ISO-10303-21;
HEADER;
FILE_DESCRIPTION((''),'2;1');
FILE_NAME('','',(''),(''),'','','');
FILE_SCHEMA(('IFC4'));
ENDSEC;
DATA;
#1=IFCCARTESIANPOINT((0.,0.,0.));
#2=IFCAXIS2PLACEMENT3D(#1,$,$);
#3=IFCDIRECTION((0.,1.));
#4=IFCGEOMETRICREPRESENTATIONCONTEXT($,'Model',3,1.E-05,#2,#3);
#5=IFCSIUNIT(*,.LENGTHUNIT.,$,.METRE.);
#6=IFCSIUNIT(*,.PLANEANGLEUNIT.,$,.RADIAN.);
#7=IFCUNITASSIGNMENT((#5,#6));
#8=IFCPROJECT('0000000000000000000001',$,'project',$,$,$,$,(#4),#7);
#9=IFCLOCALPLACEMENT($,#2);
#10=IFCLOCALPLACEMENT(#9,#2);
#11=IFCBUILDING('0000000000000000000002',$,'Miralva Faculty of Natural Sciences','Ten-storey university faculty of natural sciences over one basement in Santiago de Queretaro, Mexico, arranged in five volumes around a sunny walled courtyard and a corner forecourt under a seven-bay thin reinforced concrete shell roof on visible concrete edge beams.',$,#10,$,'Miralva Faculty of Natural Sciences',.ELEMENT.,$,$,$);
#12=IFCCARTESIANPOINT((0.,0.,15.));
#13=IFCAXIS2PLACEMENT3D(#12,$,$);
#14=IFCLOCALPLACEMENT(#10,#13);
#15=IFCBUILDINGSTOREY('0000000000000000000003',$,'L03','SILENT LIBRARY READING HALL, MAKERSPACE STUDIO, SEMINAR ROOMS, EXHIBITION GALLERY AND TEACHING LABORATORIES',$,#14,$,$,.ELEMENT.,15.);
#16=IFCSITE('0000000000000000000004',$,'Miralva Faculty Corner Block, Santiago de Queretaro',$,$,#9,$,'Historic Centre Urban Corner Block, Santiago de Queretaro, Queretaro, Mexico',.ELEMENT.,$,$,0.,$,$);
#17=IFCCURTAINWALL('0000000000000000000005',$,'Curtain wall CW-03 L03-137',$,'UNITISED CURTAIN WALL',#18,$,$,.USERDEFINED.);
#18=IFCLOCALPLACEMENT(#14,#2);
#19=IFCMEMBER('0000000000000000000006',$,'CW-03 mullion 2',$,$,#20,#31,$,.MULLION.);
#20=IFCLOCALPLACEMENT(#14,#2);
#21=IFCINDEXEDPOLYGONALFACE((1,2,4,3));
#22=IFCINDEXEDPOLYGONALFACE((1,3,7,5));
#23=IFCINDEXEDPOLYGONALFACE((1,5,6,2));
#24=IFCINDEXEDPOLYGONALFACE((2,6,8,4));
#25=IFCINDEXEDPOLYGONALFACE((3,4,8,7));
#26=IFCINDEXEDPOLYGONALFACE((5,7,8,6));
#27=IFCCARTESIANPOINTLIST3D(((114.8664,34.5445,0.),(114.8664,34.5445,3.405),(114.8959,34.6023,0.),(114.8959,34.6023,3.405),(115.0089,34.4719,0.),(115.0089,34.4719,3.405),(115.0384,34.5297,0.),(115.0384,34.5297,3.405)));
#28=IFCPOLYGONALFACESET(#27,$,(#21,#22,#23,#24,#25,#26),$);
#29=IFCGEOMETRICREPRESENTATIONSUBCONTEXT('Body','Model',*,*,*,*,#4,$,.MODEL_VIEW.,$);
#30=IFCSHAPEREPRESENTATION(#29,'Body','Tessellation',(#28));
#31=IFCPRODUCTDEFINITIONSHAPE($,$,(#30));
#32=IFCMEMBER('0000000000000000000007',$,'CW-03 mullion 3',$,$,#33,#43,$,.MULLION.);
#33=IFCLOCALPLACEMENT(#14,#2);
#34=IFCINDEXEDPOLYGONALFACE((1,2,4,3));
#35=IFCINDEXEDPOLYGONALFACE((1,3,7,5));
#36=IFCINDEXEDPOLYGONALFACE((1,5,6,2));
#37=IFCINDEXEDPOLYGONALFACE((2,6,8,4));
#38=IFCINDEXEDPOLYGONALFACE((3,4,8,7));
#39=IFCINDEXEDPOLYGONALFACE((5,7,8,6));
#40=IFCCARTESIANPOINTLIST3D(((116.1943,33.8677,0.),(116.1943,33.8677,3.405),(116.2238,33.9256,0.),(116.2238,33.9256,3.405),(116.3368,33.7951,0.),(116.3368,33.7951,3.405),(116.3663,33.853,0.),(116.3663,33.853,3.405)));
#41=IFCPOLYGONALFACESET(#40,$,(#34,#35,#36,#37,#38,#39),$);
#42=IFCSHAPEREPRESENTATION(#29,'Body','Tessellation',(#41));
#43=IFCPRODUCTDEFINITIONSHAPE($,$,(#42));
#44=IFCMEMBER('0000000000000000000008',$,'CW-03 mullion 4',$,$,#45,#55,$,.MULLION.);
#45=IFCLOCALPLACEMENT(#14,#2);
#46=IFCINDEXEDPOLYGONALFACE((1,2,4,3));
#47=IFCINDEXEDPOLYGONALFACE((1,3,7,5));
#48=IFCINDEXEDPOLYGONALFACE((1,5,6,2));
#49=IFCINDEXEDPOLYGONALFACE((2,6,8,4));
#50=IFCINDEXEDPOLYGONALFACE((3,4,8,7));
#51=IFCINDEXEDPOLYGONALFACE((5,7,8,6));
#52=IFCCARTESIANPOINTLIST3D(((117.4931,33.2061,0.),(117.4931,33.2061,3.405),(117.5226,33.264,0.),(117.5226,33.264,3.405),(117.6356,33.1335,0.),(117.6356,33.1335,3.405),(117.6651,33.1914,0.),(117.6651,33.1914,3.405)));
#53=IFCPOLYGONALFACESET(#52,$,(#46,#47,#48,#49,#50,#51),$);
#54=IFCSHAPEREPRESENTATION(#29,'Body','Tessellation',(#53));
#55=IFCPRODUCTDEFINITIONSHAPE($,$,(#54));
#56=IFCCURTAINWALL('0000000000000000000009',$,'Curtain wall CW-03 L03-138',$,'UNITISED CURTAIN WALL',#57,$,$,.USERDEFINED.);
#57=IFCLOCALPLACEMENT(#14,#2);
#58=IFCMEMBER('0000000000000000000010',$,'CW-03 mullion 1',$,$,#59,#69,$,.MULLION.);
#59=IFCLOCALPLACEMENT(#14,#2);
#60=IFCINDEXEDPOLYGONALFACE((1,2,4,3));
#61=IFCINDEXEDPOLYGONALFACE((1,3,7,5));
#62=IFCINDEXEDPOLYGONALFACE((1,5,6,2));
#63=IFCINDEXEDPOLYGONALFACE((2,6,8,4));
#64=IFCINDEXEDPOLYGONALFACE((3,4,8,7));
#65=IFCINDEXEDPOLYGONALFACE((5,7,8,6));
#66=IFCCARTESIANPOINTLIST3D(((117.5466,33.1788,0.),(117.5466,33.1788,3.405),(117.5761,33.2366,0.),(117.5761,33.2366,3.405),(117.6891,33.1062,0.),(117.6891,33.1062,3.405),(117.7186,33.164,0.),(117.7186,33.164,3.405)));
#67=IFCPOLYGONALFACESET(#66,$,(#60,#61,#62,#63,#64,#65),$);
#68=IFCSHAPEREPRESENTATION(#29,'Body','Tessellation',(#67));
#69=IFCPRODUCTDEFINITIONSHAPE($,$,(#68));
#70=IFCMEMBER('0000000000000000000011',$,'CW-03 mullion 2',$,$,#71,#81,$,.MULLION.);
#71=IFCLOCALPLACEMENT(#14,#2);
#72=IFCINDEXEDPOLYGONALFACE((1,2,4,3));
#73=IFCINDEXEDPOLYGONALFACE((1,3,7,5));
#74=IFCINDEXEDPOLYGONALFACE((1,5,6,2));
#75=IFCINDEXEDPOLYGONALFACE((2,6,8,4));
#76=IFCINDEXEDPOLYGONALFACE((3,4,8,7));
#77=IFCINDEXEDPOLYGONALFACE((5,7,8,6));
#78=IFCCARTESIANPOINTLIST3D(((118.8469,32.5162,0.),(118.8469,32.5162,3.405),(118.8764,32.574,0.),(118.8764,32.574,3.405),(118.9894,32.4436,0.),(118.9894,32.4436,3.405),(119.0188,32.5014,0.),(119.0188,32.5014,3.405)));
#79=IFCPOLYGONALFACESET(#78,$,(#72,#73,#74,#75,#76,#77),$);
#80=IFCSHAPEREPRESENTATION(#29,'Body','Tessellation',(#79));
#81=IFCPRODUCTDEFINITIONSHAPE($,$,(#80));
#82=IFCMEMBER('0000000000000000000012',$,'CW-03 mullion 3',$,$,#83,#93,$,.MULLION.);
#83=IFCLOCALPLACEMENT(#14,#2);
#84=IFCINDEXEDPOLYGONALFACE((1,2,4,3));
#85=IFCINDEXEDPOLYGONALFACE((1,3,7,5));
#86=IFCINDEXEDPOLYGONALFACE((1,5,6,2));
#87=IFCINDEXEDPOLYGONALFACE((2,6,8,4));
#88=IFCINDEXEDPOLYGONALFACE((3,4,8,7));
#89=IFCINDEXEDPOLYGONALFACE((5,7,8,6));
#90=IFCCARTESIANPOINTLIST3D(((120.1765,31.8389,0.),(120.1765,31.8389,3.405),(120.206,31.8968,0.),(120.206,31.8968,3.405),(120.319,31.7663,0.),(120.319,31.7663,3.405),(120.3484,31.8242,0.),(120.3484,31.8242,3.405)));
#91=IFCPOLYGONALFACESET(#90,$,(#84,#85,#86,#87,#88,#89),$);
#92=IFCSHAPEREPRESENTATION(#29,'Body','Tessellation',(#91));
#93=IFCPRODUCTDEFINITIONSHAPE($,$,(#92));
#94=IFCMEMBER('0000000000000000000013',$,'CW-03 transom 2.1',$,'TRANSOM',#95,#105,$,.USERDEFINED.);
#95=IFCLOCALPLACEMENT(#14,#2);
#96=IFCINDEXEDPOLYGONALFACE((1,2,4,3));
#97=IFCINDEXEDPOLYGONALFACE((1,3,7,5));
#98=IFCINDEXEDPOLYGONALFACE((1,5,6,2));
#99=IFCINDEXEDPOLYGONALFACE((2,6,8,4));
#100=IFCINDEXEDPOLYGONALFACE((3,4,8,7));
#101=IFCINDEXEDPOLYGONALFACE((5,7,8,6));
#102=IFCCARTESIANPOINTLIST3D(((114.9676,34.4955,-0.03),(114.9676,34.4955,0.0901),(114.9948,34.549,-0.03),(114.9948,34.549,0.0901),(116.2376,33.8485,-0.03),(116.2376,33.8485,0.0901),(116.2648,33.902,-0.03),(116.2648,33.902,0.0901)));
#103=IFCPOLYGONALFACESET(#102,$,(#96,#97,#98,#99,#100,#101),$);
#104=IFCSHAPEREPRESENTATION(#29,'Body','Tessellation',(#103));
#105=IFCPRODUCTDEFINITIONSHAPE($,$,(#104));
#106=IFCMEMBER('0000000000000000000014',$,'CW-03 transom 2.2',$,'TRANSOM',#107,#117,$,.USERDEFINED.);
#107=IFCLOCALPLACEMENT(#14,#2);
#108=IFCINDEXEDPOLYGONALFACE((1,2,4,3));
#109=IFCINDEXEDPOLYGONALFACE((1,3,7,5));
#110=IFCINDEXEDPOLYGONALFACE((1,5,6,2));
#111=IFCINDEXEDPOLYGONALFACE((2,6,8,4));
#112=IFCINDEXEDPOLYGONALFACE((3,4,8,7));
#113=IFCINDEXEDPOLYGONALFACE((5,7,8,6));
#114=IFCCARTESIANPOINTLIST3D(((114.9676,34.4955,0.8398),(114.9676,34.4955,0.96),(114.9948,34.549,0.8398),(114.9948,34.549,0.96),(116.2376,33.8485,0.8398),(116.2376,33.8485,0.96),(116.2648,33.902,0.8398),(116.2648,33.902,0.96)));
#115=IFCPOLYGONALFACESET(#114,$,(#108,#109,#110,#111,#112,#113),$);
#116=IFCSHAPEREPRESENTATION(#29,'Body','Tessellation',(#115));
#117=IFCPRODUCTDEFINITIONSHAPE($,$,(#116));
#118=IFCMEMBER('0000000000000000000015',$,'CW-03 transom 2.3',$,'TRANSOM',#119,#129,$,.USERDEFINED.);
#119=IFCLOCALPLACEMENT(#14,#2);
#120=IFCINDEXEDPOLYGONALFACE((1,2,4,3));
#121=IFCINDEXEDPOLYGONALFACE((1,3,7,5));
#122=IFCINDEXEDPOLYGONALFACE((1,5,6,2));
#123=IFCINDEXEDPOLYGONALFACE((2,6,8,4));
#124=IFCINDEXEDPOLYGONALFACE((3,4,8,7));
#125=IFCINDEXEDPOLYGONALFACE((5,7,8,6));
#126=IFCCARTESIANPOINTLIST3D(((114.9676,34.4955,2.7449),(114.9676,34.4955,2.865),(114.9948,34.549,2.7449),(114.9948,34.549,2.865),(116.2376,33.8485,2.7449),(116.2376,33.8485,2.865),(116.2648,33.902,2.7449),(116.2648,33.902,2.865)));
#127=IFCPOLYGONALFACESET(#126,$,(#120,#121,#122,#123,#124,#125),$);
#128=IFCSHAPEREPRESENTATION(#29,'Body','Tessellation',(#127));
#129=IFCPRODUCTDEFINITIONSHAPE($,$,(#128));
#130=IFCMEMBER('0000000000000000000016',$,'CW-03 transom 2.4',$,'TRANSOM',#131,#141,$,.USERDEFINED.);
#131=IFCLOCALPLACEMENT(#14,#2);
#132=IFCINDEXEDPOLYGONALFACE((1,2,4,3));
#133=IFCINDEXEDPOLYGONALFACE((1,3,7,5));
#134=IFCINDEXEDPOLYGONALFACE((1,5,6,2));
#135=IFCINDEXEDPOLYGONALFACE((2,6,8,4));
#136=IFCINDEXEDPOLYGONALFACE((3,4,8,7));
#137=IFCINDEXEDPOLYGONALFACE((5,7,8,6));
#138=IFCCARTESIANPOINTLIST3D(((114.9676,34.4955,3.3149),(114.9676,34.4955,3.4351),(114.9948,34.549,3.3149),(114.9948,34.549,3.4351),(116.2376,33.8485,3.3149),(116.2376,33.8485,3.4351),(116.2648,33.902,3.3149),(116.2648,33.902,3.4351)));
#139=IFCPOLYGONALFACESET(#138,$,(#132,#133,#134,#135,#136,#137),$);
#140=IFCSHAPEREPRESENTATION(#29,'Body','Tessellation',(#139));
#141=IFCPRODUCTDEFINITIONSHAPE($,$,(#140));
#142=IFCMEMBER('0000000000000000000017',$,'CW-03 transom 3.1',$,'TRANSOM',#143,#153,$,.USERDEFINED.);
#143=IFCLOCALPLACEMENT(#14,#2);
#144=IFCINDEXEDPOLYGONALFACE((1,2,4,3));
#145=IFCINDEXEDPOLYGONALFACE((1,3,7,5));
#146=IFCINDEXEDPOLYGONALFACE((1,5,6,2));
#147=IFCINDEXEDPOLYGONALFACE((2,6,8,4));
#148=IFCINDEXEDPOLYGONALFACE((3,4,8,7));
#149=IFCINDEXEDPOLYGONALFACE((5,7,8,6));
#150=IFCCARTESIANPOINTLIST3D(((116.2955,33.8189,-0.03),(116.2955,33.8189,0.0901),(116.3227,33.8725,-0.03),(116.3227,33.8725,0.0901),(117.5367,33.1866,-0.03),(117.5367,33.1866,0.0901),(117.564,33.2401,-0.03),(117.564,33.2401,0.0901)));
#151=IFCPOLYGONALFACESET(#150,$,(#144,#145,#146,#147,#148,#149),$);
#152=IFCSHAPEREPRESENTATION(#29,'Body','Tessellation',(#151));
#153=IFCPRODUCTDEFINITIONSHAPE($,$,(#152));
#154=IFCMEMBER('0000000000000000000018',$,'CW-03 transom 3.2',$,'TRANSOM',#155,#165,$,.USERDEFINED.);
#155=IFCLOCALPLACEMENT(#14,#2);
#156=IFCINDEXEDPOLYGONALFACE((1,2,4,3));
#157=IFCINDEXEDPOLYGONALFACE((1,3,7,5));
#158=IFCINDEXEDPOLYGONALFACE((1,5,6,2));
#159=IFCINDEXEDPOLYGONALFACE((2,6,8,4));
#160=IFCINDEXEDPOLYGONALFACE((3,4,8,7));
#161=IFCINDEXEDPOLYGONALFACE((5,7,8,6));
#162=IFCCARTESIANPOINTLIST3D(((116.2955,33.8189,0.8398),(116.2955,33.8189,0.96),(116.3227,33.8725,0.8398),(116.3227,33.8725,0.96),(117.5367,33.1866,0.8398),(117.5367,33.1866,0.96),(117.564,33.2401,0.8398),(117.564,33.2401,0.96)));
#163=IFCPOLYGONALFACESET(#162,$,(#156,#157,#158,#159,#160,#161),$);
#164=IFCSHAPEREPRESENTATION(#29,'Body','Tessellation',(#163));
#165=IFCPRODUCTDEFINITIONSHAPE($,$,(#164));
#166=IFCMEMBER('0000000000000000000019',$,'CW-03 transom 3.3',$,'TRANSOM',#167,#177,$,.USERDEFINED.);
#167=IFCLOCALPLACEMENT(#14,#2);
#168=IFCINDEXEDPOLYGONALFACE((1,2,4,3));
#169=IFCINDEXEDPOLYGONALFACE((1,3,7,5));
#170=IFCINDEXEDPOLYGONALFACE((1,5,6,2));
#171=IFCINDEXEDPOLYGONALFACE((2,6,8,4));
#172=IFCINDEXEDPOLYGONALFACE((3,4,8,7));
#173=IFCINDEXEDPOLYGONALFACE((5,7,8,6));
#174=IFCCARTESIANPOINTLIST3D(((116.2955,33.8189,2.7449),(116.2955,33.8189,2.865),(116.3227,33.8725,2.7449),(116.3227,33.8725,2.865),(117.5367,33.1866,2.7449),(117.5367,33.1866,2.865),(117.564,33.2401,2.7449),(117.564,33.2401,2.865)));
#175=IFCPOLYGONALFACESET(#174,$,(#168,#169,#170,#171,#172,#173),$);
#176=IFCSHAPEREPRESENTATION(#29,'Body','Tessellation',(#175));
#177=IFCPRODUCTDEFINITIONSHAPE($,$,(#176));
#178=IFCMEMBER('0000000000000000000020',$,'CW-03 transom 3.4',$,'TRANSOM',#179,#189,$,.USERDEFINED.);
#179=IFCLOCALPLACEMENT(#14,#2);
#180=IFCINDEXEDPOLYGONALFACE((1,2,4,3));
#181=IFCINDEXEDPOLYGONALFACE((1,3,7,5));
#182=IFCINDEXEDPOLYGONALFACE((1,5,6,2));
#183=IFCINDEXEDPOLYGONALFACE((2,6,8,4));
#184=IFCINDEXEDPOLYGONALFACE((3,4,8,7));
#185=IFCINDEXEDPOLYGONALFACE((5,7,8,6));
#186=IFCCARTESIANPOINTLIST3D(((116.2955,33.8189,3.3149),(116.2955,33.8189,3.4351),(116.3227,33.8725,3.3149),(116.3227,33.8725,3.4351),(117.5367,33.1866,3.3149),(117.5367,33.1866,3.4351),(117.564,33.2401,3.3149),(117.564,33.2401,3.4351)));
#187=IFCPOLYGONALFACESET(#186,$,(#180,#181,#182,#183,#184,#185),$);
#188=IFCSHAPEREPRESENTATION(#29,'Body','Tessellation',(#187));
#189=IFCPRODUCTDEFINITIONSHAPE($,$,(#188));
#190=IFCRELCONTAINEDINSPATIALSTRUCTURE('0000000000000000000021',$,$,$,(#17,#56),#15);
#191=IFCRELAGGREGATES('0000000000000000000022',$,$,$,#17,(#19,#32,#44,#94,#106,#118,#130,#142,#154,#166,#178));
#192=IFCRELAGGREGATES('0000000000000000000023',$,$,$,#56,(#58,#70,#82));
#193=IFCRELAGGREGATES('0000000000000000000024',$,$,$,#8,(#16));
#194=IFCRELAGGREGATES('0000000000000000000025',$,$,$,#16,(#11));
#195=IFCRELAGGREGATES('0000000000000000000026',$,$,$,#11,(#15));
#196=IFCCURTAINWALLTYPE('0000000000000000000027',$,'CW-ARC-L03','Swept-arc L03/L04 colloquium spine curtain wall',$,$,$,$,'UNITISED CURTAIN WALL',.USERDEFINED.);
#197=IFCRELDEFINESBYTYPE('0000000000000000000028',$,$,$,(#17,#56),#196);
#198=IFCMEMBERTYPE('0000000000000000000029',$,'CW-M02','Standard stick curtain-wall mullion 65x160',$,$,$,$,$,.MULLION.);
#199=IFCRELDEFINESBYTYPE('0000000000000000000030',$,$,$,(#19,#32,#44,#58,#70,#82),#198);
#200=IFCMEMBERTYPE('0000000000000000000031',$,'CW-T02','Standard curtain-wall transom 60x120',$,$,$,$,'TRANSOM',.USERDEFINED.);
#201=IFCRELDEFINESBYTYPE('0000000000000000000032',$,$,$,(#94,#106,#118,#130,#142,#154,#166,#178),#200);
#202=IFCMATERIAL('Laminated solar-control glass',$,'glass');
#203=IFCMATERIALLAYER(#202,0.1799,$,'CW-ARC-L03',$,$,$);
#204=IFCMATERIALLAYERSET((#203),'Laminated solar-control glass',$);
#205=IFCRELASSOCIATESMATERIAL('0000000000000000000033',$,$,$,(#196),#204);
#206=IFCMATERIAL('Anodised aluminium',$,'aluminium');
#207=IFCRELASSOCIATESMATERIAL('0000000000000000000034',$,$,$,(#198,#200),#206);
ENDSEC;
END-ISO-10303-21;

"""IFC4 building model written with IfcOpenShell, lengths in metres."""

from ifc_helpers import new_model, si_unit, direction, frame, origin, origin_2d, place, context, subcontext, project, spatial, rectangle, extrude, material, layer, layer_set, material_profile, profile_set, type_object, element, aggregate, save


model = new_model("IFC4")

# Units and contexts
model_context = context("Model", 3, precision=1e-05, world=origin(), true_north=direction((0.0, 1.0)))
body_context = subcontext(model_context, "Body", "Model", "MODEL_VIEW")
ifc_project = project(units=[si_unit("LENGTHUNIT", "METRE"), si_unit("PLANEANGLEUNIT", "RADIAN")], contexts=[model_context])

# Site, building, storey
site_placement = place(None, origin())
site = spatial("IfcSite", under=ifc_project, at=site_placement, Name="Miralva Faculty Corner Block, Santiago de Queretaro", LongName="Historic Centre Urban Corner Block, Santiago de Queretaro, Queretaro, Mexico", CompositionType="ELEMENT", RefElevation=0.0)
building_placement = place(site_placement, origin())
building = spatial("IfcBuilding", under=site, at=building_placement, Name="Miralva Faculty of Natural Sciences", Description="Ten-storey university faculty of natural sciences over one basement in Santiago de Queretaro, Mexico, arranged in five volumes around a sunny walled courtyard and a corner forecourt under a seven-bay thin reinforced concrete shell roof on visible concrete edge beams.", LongName="Miralva Faculty of Natural Sciences", CompositionType="ELEMENT")
storey_placement = place(building_placement, frame((0.0, 0.0, 15.0)))
storey = spatial("IfcBuildingStorey", under=building, at=storey_placement, Name="L03", Description="SILENT LIBRARY READING HALL, MAKERSPACE STUDIO, SEMINAR ROOMS, EXHIBITION GALLERY AND TEACHING LABORATORIES", CompositionType="ELEMENT", Elevation=15.0)

# Curtain walls, members
ifc_material_1 = material(Name="Laminated solar-control glass", Category="glass")
ifc_layer_1 = layer(ifc_material_1, 0.1799, Name="CW-ARC-L03")
ifc_layer_set_1 = layer_set([ifc_layer_1], Name="Laminated solar-control glass")
curtain_wall_type = type_object("IfcCurtainWallType", Name="CW-ARC-L03", Description="Swept-arc L03/L04 colloquium spine curtain wall", ElementType="UNITISED CURTAIN WALL", PredefinedType="USERDEFINED", material=ifc_layer_set_1)
curtain_wall_1_placement = place(storey_placement, origin())
curtain_wall_1 = element("IfcCurtainWall", 1, at=curtain_wall_1_placement, inside=storey, type_object=curtain_wall_type, Name="Curtain wall CW-03 L03-137", ObjectType="UNITISED CURTAIN WALL", PredefinedType="USERDEFINED")
ifc_material_2 = material(Name="Anodised aluminium", Category="aluminium")
ifc_material_profile_1 = material_profile(ifc_material_2, rectangle(XDim=0.0649, YDim=0.1599, at=origin_2d()), Name="MULLION 65x160")
ifc_profile_set_1 = profile_set([ifc_material_profile_1], Name="Anodised aluminium")
member_type_1 = type_object("IfcMemberType", Name="CW-M02", Description="Standard stick curtain-wall mullion 65x160", PredefinedType="MULLION", material=ifc_profile_set_1)
member_1_placement = place(storey_placement, frame((114.9524, 34.5371, 0.0), z_axis=(0.0, 0.0, 1.0), x_axis=(0.453973, 0.891015, 0.0)))
member_1 = element("IfcMember", 2, at=member_1_placement, type_object=member_type_1, Name="CW-03 mullion 2", PredefinedType="MULLION", context=body_context, shape_type="SweptSolid", body=[
    extrude(rectangle(XDim=0.0649, YDim=0.1599, at=origin_2d()), origin(), (0.0, 0.0, 1.0), 3.405),
])
member_2_placement = place(storey_placement, frame((116.2803, 33.8604, 0.0), z_axis=(0.0, 0.0, 1.0), x_axis=(0.453973, 0.891015, 0.0)))
member_2 = element("IfcMember", 3, at=member_2_placement, type_object=member_type_1, Name="CW-03 mullion 3", PredefinedType="MULLION", context=body_context, shape_type="SweptSolid", body=[
    extrude(rectangle(XDim=0.0649, YDim=0.1599, at=origin_2d()), origin(), (0.0, 0.0, 1.0), 3.405),
])
member_3_placement = place(storey_placement, frame((117.5791, 33.1987, 0.0), z_axis=(0.0, 0.0, 1.0), x_axis=(0.453973, 0.891015, 0.0)))
member_3 = element("IfcMember", 4, at=member_3_placement, type_object=member_type_1, Name="CW-03 mullion 4", PredefinedType="MULLION", context=body_context, shape_type="SweptSolid", body=[
    extrude(rectangle(XDim=0.0649, YDim=0.1599, at=origin_2d()), origin(), (0.0, 0.0, 1.0), 3.405),
])
curtain_wall_2_placement = place(storey_placement, origin())
curtain_wall_2 = element("IfcCurtainWall", 5, at=curtain_wall_2_placement, inside=storey, type_object=curtain_wall_type, Name="Curtain wall CW-03 L03-138", ObjectType="UNITISED CURTAIN WALL", PredefinedType="USERDEFINED")
member_4_placement = place(storey_placement, frame((117.6326, 33.1714, 0.0), z_axis=(0.0, 0.0, 1.0), x_axis=(0.454001, 0.891001, 0.0)))
member_4 = element("IfcMember", 6, at=member_4_placement, type_object=member_type_1, Name="CW-03 mullion 1", PredefinedType="MULLION", context=body_context, shape_type="SweptSolid", body=[
    extrude(rectangle(XDim=0.0649, YDim=0.1599, at=origin_2d()), origin(), (0.0, 0.0, 1.0), 3.405),
])
member_5_placement = place(storey_placement, frame((118.9329, 32.5088, 0.0), z_axis=(0.0, 0.0, 1.0), x_axis=(0.454001, 0.891001, 0.0)))
member_5 = element("IfcMember", 7, at=member_5_placement, type_object=member_type_1, Name="CW-03 mullion 2", PredefinedType="MULLION", context=body_context, shape_type="SweptSolid", body=[
    extrude(rectangle(XDim=0.0649, YDim=0.1599, at=origin_2d()), origin(), (0.0, 0.0, 1.0), 3.405),
])
member_6_placement = place(storey_placement, frame((120.2625, 31.8315, 0.0), z_axis=(0.0, 0.0, 1.0), x_axis=(0.454001, 0.891001, 0.0)))
member_6 = element("IfcMember", 8, at=member_6_placement, type_object=member_type_1, Name="CW-03 mullion 3", PredefinedType="MULLION", context=body_context, shape_type="SweptSolid", body=[
    extrude(rectangle(XDim=0.0649, YDim=0.1599, at=origin_2d()), origin(), (0.0, 0.0, 1.0), 3.405),
])

# Members
ifc_material_profile_2 = material_profile(ifc_material_2, rectangle(XDim=0.0601, YDim=0.1201, at=origin_2d()), Name="TRANSOM 60x120")
ifc_profile_set_2 = profile_set([ifc_material_profile_2], Name="Anodised aluminium")
member_type_2 = type_object("IfcMemberType", Name="CW-T02", Description="Standard curtain-wall transom 60x120", ElementType="TRANSOM", PredefinedType="USERDEFINED", material=ifc_profile_set_2)
member_7_placement = place(storey_placement, frame((114.9812, 34.5222, 0.03), z_axis=(0.891045, -0.453916, 0.0), x_axis=(0.453916, 0.891045, 0.0)))
member_7 = element("IfcMember", 9, at=member_7_placement, type_object=member_type_2, Name="CW-03 transom 2.1", ObjectType="TRANSOM", PredefinedType="USERDEFINED", context=body_context, shape_type="SweptSolid", body=[
    extrude(rectangle(XDim=0.0601, YDim=0.1201, at=origin_2d()), origin(), (0.0, 0.0, 1.0), 1.4253),
])
member_8_placement = place(storey_placement, frame((114.9812, 34.5222, 0.8999), z_axis=(0.891045, -0.453916, 0.0), x_axis=(0.453916, 0.891045, 0.0)))
member_8 = element("IfcMember", 10, at=member_8_placement, type_object=member_type_2, Name="CW-03 transom 2.2", ObjectType="TRANSOM", PredefinedType="USERDEFINED", context=body_context, shape_type="SweptSolid", body=[
    extrude(rectangle(XDim=0.0601, YDim=0.1201, at=origin_2d()), origin(), (0.0, 0.0, 1.0), 1.4253),
])
member_9_placement = place(storey_placement, frame((114.9812, 34.5222, 2.8049), z_axis=(0.891045, -0.453916, 0.0), x_axis=(0.453916, 0.891045, 0.0)))
member_9 = element("IfcMember", 11, at=member_9_placement, type_object=member_type_2, Name="CW-03 transom 2.3", ObjectType="TRANSOM", PredefinedType="USERDEFINED", context=body_context, shape_type="SweptSolid", body=[
    extrude(rectangle(XDim=0.0601, YDim=0.1201, at=origin_2d()), origin(), (0.0, 0.0, 1.0), 1.4253),
])
member_10_placement = place(storey_placement, frame((114.9812, 34.5222, 3.375), z_axis=(0.891045, -0.453916, 0.0), x_axis=(0.453916, 0.891045, 0.0)))
member_10 = element("IfcMember", 12, at=member_10_placement, type_object=member_type_2, Name="CW-03 transom 2.4", ObjectType="TRANSOM", PredefinedType="USERDEFINED", context=body_context, shape_type="SweptSolid", body=[
    extrude(rectangle(XDim=0.0601, YDim=0.1201, at=origin_2d()), origin(), (0.0, 0.0, 1.0), 1.4253),
])
member_11_placement = place(storey_placement, frame((116.3091, 33.8457, 0.03), z_axis=(0.891037, -0.453931, 0.0), x_axis=(0.453931, 0.891037, 0.0)))
member_11 = element("IfcMember", 13, at=member_11_placement, type_object=member_type_2, Name="CW-03 transom 3.1", ObjectType="TRANSOM", PredefinedType="USERDEFINED", context=body_context, shape_type="SweptSolid", body=[
    extrude(rectangle(XDim=0.0601, YDim=0.1201, at=origin_2d()), origin(), (0.0, 0.0, 1.0), 1.3931),
])
member_12_placement = place(storey_placement, frame((116.3091, 33.8457, 0.8999), z_axis=(0.891037, -0.453931, 0.0), x_axis=(0.453931, 0.891037, 0.0)))
member_12 = element("IfcMember", 14, at=member_12_placement, type_object=member_type_2, Name="CW-03 transom 3.2", ObjectType="TRANSOM", PredefinedType="USERDEFINED", context=body_context, shape_type="SweptSolid", body=[
    extrude(rectangle(XDim=0.0601, YDim=0.1201, at=origin_2d()), origin(), (0.0, 0.0, 1.0), 1.3931),
])
member_13_placement = place(storey_placement, frame((116.3091, 33.8457, 2.8049), z_axis=(0.891037, -0.453931, 0.0), x_axis=(0.453931, 0.891037, 0.0)))
member_13 = element("IfcMember", 15, at=member_13_placement, type_object=member_type_2, Name="CW-03 transom 3.3", ObjectType="TRANSOM", PredefinedType="USERDEFINED", context=body_context, shape_type="SweptSolid", body=[
    extrude(rectangle(XDim=0.0601, YDim=0.1201, at=origin_2d()), origin(), (0.0, 0.0, 1.0), 1.3931),
])
member_14_placement = place(storey_placement, frame((116.3091, 33.8457, 3.375), z_axis=(0.891037, -0.453931, 0.0), x_axis=(0.453931, 0.891037, 0.0)))
member_14 = element("IfcMember", 16, at=member_14_placement, type_object=member_type_2, Name="CW-03 transom 3.4", ObjectType="TRANSOM", PredefinedType="USERDEFINED", context=body_context, shape_type="SweptSolid", body=[
    extrude(rectangle(XDim=0.0601, YDim=0.1201, at=origin_2d()), origin(), (0.0, 0.0, 1.0), 1.3931),
])

aggregate(curtain_wall_1, [member_1, member_2, member_3, member_7, member_8, member_9, member_10, member_11, member_12, member_13, member_14])
aggregate(curtain_wall_2, [member_4, member_5, member_6])

save(model, "model.ifc")
